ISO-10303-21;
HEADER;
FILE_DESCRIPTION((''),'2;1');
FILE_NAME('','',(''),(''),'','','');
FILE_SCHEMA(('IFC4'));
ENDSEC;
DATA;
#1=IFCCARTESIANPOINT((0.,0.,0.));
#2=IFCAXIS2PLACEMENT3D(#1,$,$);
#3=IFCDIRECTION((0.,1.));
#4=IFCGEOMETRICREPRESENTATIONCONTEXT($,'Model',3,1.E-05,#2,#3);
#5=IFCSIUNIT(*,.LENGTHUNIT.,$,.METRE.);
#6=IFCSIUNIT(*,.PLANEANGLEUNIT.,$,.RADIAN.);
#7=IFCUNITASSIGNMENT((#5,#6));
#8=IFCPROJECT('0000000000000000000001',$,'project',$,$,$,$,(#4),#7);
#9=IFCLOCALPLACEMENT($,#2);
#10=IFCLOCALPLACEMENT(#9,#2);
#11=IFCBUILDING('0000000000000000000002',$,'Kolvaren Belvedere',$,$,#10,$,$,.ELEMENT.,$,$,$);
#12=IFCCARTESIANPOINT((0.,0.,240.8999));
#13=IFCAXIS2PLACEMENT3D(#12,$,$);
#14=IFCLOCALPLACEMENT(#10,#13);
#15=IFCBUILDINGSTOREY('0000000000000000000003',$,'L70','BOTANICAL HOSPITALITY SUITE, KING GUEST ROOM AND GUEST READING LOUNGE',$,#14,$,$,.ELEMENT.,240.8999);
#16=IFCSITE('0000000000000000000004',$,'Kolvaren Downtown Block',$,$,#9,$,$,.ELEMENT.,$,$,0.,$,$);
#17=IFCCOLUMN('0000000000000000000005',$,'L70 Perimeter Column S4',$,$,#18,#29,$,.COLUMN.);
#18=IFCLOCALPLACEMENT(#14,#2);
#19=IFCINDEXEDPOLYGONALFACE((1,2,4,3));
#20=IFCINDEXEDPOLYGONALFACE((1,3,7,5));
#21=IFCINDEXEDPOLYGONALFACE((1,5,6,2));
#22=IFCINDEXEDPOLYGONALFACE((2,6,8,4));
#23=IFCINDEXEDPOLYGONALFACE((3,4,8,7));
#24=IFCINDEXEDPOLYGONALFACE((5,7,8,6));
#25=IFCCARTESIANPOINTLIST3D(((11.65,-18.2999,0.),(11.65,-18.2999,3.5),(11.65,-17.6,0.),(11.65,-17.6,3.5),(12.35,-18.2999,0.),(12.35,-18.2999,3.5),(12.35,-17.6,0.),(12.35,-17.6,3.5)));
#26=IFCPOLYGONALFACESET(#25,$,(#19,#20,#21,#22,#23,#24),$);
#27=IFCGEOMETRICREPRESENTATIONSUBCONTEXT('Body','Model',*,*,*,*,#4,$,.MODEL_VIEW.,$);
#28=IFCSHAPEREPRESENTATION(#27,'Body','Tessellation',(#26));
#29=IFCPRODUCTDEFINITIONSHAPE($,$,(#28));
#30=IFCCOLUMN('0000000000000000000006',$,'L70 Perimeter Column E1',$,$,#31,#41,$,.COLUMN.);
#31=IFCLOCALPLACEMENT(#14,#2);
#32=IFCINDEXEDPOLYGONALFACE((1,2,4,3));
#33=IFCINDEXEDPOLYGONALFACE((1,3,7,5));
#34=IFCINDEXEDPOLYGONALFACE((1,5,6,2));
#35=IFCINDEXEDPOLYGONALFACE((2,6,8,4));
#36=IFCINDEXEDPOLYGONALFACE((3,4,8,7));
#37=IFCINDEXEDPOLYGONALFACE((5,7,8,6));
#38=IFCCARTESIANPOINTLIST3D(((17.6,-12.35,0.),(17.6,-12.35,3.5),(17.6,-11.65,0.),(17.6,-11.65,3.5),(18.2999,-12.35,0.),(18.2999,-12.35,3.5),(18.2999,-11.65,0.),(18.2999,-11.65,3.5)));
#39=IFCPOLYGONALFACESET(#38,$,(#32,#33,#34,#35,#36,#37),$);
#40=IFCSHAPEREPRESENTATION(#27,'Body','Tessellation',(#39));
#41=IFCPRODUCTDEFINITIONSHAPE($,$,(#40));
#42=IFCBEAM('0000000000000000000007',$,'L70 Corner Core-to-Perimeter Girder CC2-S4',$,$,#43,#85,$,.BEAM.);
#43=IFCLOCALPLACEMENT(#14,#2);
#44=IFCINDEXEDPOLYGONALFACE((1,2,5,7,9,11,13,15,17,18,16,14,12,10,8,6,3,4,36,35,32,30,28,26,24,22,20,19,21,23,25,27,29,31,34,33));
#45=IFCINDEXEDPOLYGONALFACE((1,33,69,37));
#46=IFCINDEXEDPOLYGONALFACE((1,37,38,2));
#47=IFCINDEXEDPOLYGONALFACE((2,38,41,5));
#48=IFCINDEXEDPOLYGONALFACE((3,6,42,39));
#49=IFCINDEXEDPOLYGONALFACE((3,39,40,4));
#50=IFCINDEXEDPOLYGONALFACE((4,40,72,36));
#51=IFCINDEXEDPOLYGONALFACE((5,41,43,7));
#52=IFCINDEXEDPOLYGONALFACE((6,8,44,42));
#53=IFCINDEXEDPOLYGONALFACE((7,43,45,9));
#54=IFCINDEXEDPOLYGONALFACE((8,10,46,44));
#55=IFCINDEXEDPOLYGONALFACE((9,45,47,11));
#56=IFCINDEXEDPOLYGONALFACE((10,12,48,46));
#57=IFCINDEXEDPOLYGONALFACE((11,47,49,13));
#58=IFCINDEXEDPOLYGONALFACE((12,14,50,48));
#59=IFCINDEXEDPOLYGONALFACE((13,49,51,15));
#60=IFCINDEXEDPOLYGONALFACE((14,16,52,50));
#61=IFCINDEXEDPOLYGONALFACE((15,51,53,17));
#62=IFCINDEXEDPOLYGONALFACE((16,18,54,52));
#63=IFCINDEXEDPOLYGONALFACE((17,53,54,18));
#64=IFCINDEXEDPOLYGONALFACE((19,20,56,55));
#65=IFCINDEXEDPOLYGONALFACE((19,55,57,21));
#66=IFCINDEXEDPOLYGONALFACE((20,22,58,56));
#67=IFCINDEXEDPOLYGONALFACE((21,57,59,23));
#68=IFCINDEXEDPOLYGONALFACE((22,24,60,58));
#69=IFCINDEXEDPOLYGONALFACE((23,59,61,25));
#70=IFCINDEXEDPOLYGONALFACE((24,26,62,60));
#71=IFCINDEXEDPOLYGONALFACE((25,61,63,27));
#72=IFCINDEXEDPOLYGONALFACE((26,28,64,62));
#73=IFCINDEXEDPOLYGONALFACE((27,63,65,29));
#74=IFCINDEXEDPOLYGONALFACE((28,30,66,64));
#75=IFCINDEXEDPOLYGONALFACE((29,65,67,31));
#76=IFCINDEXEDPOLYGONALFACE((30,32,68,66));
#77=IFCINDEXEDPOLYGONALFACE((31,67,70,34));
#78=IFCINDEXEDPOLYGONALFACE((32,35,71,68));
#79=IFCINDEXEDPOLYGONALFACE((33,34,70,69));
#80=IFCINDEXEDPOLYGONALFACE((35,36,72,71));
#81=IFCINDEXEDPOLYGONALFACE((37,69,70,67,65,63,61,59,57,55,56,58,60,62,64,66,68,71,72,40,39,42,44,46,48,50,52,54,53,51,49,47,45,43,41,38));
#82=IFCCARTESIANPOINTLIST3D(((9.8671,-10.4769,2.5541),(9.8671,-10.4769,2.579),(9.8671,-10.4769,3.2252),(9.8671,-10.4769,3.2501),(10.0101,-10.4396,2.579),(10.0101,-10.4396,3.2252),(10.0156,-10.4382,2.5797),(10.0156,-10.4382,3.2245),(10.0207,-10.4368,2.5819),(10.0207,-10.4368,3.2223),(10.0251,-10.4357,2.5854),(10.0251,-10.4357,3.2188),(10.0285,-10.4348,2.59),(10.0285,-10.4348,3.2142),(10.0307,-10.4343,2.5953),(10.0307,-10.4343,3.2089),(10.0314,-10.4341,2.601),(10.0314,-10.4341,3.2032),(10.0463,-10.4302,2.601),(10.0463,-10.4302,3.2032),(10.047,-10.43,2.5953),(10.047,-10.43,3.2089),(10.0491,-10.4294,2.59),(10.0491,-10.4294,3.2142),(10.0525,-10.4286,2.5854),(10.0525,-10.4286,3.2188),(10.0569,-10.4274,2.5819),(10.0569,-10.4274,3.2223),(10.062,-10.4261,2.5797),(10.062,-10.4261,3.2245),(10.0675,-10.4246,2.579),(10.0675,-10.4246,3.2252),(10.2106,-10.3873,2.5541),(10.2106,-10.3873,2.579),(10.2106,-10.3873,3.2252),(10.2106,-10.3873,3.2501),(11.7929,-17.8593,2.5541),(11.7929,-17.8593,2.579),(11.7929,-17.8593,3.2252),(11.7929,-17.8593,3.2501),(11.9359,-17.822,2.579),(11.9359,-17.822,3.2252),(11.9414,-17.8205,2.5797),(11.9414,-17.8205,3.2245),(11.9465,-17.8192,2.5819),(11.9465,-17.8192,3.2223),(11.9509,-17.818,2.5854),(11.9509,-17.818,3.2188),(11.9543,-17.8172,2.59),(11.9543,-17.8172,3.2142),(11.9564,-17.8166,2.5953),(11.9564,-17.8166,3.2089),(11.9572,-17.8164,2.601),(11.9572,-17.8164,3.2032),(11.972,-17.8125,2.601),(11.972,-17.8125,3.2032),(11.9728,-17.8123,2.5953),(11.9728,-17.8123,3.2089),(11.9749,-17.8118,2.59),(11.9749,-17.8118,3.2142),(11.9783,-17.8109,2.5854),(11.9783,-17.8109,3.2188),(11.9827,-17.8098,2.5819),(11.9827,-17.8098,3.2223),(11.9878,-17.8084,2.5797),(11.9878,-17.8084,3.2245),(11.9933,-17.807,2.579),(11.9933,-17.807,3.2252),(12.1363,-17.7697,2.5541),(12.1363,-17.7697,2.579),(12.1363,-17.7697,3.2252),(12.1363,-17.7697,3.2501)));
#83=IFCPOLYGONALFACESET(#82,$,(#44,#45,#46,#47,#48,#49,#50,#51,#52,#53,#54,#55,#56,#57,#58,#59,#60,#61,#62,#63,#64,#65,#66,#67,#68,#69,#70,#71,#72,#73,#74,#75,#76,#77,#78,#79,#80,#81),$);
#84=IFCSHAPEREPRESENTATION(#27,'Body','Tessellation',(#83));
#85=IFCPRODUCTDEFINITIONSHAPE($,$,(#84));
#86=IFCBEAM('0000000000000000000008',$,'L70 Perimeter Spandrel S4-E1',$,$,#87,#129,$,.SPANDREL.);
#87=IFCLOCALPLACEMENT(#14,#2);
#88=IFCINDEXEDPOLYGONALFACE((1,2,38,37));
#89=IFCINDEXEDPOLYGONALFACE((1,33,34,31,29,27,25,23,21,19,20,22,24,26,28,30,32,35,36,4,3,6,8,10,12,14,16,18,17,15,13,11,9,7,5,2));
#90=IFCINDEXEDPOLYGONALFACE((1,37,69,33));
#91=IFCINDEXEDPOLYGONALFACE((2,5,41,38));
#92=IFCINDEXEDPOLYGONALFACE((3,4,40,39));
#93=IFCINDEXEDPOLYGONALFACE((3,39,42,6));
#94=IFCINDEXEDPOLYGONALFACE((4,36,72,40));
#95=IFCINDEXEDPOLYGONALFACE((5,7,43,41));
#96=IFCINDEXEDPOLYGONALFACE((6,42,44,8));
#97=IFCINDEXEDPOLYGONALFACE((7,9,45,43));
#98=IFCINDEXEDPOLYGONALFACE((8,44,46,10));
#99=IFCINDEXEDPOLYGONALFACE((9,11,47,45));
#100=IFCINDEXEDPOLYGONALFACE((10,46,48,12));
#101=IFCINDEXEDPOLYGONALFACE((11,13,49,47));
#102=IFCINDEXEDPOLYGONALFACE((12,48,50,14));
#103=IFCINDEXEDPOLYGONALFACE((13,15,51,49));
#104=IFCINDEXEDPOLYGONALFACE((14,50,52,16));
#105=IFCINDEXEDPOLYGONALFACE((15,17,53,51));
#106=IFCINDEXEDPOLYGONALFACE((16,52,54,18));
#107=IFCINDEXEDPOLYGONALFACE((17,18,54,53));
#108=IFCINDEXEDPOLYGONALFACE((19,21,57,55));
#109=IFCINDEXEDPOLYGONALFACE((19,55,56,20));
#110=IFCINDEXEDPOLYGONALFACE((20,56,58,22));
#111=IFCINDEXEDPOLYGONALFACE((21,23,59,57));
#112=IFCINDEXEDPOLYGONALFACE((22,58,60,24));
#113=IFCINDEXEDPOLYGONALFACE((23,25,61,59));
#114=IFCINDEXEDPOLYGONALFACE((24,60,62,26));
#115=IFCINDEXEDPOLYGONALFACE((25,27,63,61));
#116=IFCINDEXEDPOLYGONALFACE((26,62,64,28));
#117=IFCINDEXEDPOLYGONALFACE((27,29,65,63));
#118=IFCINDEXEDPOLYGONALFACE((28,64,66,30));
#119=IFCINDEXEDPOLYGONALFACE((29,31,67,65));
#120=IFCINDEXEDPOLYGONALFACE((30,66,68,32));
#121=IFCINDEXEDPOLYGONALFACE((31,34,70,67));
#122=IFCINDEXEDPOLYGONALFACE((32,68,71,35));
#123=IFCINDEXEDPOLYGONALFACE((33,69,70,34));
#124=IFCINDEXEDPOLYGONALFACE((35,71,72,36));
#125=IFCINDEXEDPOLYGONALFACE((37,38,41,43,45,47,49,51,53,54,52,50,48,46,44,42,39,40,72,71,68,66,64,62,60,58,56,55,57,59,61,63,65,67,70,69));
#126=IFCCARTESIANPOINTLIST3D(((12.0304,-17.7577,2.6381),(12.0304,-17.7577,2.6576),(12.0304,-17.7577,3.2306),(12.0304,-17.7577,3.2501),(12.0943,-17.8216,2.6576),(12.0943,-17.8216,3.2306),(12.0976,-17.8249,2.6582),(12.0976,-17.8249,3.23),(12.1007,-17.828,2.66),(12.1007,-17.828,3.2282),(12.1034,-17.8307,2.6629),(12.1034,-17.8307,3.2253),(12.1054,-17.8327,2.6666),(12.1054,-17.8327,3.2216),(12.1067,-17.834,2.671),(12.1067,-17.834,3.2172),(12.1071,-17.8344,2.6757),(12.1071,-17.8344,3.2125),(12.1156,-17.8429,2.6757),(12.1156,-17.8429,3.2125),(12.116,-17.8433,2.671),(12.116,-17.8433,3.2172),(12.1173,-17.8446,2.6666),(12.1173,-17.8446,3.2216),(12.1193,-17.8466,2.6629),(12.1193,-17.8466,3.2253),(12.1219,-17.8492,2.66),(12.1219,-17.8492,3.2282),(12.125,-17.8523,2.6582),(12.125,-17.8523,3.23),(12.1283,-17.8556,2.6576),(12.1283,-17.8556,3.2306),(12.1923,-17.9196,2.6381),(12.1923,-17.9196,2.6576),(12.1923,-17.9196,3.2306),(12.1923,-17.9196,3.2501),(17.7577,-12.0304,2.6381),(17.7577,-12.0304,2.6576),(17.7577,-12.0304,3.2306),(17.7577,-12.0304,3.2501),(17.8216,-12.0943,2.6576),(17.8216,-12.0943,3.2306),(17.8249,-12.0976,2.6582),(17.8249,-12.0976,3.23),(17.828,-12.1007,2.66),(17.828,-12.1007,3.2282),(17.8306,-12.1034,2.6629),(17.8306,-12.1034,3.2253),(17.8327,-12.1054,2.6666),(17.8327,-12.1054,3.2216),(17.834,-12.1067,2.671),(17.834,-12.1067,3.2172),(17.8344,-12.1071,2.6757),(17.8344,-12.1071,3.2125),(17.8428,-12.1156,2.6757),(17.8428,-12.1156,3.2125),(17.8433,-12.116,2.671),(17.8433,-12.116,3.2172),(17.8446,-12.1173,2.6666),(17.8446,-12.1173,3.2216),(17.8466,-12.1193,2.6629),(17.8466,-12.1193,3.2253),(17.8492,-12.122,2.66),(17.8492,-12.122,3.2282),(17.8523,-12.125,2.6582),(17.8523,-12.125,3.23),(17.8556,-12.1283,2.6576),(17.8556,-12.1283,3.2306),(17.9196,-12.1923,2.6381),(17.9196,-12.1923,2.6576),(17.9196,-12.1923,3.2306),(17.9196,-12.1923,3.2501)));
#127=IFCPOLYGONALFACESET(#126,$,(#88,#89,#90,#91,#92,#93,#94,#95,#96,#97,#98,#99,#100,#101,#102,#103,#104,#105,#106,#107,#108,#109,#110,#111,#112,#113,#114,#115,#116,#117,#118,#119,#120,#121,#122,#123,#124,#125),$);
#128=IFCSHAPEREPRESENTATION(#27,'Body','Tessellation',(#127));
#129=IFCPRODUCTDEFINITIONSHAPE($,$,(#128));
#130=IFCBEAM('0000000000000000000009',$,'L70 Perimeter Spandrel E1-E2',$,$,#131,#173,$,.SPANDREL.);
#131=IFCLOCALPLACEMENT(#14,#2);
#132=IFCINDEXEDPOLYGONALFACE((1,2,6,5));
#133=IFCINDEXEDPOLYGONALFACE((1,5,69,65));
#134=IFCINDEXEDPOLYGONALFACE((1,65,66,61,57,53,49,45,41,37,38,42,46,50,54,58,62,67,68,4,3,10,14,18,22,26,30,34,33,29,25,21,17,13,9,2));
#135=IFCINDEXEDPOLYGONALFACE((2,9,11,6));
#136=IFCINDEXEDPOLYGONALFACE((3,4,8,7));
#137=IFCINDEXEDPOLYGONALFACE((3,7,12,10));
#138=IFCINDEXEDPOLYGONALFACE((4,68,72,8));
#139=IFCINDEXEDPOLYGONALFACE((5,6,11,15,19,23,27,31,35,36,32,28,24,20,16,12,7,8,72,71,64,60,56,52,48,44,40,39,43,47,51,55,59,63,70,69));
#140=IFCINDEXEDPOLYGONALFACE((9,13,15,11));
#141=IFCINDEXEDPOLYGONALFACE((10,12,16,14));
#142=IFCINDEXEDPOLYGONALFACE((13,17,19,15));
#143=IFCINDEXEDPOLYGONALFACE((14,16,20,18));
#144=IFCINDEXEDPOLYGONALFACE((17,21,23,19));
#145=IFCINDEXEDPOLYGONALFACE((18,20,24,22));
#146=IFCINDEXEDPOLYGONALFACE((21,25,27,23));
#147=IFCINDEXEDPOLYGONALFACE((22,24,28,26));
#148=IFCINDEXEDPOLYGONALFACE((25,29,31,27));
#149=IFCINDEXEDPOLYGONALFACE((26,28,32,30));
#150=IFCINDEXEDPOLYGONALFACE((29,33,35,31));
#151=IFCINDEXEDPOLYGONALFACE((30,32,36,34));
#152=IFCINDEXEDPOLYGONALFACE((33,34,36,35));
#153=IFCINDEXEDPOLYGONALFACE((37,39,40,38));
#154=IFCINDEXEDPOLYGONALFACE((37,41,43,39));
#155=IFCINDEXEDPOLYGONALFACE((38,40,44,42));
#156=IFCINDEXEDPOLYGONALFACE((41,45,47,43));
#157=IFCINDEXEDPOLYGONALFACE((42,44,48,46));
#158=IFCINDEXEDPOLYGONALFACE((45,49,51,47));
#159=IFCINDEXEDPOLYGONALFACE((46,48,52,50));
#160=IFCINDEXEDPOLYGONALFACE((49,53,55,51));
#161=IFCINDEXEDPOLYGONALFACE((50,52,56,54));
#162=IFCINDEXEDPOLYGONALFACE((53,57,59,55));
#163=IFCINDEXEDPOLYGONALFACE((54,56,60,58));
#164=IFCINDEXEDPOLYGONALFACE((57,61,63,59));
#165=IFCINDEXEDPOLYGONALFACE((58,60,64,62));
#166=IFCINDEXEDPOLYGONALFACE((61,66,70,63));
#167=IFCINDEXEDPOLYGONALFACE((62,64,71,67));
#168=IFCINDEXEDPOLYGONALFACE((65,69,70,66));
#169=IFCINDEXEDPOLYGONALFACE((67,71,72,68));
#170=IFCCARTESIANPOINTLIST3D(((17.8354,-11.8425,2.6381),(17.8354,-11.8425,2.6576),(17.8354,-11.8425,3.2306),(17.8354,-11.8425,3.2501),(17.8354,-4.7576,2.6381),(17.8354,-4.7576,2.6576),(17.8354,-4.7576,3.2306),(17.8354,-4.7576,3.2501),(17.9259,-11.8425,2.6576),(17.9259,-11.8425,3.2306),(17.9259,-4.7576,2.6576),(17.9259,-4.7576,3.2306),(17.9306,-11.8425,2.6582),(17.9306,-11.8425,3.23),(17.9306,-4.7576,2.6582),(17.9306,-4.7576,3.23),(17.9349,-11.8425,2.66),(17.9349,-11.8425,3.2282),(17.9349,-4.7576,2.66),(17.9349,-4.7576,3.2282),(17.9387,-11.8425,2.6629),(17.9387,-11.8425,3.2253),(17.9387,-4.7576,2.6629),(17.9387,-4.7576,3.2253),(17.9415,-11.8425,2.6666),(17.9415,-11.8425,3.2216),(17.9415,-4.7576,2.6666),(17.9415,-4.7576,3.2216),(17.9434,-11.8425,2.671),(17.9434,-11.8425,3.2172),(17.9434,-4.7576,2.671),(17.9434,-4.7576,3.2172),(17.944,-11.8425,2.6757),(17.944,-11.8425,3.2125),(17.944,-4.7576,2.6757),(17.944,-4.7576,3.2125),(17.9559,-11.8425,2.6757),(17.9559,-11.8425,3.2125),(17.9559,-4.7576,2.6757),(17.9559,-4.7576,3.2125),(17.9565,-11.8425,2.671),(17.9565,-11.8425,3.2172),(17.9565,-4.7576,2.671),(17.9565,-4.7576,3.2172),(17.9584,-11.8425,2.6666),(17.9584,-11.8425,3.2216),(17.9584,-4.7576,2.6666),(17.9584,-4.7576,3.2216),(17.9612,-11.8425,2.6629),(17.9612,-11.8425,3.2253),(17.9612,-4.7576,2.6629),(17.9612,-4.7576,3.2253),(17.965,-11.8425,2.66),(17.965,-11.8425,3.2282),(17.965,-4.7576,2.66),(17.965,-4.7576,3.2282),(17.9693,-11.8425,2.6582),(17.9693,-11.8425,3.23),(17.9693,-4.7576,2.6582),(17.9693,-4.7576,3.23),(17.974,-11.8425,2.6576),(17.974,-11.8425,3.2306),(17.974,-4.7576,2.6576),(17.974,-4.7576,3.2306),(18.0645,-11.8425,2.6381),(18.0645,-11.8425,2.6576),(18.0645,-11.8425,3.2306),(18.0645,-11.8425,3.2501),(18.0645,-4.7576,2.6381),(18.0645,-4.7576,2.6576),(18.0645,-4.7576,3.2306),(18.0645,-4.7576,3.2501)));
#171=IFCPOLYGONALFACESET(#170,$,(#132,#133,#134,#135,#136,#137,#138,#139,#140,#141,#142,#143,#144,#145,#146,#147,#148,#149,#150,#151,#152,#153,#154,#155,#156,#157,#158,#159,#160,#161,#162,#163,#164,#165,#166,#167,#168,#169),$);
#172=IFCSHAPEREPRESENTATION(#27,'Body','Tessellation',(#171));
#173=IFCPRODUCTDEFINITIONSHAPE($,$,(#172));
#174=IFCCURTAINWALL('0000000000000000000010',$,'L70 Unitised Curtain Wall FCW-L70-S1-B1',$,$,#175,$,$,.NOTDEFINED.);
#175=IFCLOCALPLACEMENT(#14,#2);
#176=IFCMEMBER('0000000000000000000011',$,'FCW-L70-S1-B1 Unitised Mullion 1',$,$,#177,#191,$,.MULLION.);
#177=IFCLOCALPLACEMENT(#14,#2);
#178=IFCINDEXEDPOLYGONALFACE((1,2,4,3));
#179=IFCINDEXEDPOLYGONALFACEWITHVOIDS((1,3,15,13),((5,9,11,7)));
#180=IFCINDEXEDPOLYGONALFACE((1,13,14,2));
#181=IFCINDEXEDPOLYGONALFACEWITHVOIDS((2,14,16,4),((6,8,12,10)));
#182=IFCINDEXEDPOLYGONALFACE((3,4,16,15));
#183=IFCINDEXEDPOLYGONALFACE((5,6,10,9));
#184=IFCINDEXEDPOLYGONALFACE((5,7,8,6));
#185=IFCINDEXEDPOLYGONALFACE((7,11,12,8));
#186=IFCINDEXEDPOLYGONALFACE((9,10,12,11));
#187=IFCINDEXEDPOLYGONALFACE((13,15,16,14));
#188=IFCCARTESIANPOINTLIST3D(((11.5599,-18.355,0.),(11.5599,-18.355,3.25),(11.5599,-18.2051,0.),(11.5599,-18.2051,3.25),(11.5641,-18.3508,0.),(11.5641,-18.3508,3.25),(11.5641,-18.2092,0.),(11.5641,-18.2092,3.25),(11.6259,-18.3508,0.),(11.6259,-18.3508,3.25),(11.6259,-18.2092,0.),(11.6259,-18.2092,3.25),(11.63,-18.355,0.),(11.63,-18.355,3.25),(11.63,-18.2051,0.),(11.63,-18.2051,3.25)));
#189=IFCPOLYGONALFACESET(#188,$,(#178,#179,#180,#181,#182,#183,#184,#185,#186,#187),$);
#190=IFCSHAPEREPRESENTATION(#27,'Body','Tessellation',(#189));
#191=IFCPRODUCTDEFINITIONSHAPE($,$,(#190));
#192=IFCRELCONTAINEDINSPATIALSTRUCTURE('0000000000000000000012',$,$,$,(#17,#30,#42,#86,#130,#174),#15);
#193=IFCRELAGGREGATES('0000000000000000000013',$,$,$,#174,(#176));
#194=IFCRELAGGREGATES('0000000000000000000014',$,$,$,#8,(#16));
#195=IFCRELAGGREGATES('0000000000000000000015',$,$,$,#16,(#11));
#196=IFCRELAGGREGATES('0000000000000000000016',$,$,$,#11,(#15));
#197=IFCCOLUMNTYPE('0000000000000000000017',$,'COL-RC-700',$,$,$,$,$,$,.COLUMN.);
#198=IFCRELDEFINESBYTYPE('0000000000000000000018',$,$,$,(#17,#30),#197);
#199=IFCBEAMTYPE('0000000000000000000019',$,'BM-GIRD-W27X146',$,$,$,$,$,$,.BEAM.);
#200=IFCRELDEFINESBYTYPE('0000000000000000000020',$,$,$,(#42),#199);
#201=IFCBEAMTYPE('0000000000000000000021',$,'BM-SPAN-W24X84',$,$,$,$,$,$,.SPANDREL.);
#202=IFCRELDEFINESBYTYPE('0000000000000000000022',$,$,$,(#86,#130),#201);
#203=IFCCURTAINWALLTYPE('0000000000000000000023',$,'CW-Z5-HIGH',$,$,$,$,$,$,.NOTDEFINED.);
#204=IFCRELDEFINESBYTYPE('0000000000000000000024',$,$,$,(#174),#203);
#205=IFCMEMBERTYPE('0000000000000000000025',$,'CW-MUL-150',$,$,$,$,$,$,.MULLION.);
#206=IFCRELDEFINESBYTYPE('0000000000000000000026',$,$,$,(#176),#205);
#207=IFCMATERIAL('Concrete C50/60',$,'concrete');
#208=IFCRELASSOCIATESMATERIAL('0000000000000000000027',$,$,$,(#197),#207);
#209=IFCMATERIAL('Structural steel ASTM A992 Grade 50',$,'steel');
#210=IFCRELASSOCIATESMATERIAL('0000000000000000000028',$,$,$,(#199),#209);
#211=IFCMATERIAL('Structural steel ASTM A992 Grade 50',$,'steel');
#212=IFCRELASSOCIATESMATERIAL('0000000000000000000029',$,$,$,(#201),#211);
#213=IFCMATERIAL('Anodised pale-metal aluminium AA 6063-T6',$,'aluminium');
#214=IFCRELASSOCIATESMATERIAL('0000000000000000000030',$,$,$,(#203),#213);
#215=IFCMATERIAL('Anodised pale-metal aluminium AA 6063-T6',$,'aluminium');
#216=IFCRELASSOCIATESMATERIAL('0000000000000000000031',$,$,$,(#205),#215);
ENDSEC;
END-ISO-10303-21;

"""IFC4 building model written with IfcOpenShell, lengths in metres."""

from ifc_helpers import new_model, si_unit, direction, frame, origin, origin_2d, place, context, subcontext, project, spatial, rectangle, hollow_rectangle, i_section, extrude, material, material_profile, profile_set, type_object, element, aggregate, save


model = new_model("IFC4")

# Units and contexts
model_context = context("Model", 3, precision=1e-05, world=origin(), true_north=direction((0.0, 1.0)))
body_context = subcontext(model_context, "Body", "Model", "MODEL_VIEW")
ifc_project = project(units=[si_unit("LENGTHUNIT", "METRE"), si_unit("PLANEANGLEUNIT", "RADIAN")], contexts=[model_context])

# Site, building, storey
site_placement = place(None, origin())
site = spatial("IfcSite", under=ifc_project, at=site_placement, Name="Kolvaren Downtown Block", CompositionType="ELEMENT", RefElevation=0.0)
building_placement = place(site_placement, origin())
building = spatial("IfcBuilding", under=site, at=building_placement, Name="Kolvaren Belvedere", CompositionType="ELEMENT")
storey_placement = place(building_placement, frame((0.0, 0.0, 240.8999)))
storey = spatial("IfcBuildingStorey", under=building, at=storey_placement, Name="L70", Description="BOTANICAL HOSPITALITY SUITE, KING GUEST ROOM AND GUEST READING LOUNGE", CompositionType="ELEMENT", Elevation=240.8999)

# Columns
ifc_material_1 = material(Name="Concrete C50/60", Category="concrete")
ifc_material_profile_1 = material_profile(ifc_material_1, rectangle(XDim=0.7, YDim=0.7, at=origin_2d()), Name="RC 700X700")
ifc_profile_set_1 = profile_set([ifc_material_profile_1], Name="Concrete C50/60")
column_type = type_object("IfcColumnType", Name="COL-RC-700", PredefinedType="COLUMN", material=ifc_profile_set_1)
for number, where, z_axis, x_axis, name in (
    (1, (12.0, -17.95, 0.0), (0.0, 0.0, 1.0), (1.0, 0.0, 0.0), "L70 Perimeter Column S4"),
    (2, (17.95, -12.0, 0.0), (0.0, 0.0, 1.0), (1.0, 0.0, 0.0), "L70 Perimeter Column E1"),
):
    element("IfcColumn", number, at=place(storey_placement, frame(where, z_axis=z_axis, x_axis=x_axis)), inside=storey, type_object=column_type, Name=name, PredefinedType="COLUMN", context=body_context, shape_type="SweptSolid", body=[
        extrude(rectangle(XDim=0.7, YDim=0.7, at=origin_2d()), origin(), (0.0, 0.0, 1.0), 3.5),
    ])

# Beams
ifc_material_2 = material(Name="Structural steel ASTM A992 Grade 50", Category="steel")
ifc_material_profile_2 = material_profile(ifc_material_2, i_section(OverallWidth=0.355, OverallDepth=0.696, WebThickness=0.0154, FlangeThickness=0.0249, FilletRadius=0.022, at=origin_2d()), Name="W27X146")
ifc_profile_set_2 = profile_set([ifc_material_profile_2], Name="Structural steel ASTM A992 Grade 50")
beam_type_1 = type_object("IfcBeamType", Name="BM-GIRD-W27X146", PredefinedType="BEAM", material=ifc_profile_set_2)
beam_1_placement = place(storey_placement, frame((10.0388, -10.4321, 2.9021), z_axis=(0.252417, -0.967619, 0.0), x_axis=(0.967619, 0.252417, 0.0)))
element("IfcBeam", 3, at=beam_1_placement, inside=storey, type_object=beam_type_1, Name="L70 Corner Core-to-Perimeter Girder CC2-S4", PredefinedType="BEAM", context=body_context, shape_type="SweptSolid", body=[
    extrude(i_section(OverallWidth=0.355, OverallDepth=0.696, WebThickness=0.0154, FlangeThickness=0.0249, FilletRadius=0.022, at=origin_2d()), origin(), (0.0, 0.0, 1.0), 7.6294),
])
ifc_material_3 = material(Name="Structural steel ASTM A992 Grade 50", Category="steel")
ifc_material_profile_3 = material_profile(ifc_material_3, i_section(OverallWidth=0.229, OverallDepth=0.6121, WebThickness=0.012, FlangeThickness=0.0195, FilletRadius=0.0181, at=origin_2d()), Name="W24X84")
ifc_profile_set_3 = profile_set([ifc_material_profile_3], Name="Structural steel ASTM A992 Grade 50")
beam_type_2 = type_object("IfcBeamType", Name="BM-SPAN-W24X84", PredefinedType="SPANDREL", material=ifc_profile_set_3)
beam_2_placement = place(storey_placement, frame((12.1113, -17.8386, 2.9441), z_axis=(0.707107, 0.707107, 0.0), x_axis=(-0.707107, 0.707107, 0.0)))
element("IfcBeam", 4, at=beam_2_placement, inside=storey, type_object=beam_type_2, Name="L70 Perimeter Spandrel S4-E1", PredefinedType="SPANDREL", context=body_context, shape_type="SweptSolid", body=[
    extrude(i_section(OverallWidth=0.229, OverallDepth=0.6121, WebThickness=0.012, FlangeThickness=0.0195, FilletRadius=0.0181, at=origin_2d()), origin(), (0.0, 0.0, 1.0), 8.0996),
])
beam_3_placement = place(storey_placement, frame((17.95, -11.8425, 2.9441), z_axis=(0.0, 1.0, 0.0), x_axis=(-1.0, 0.0, 0.0)))
element("IfcBeam", 5, at=beam_3_placement, inside=storey, type_object=beam_type_2, Name="L70 Perimeter Spandrel E1-E2", PredefinedType="SPANDREL", context=body_context, shape_type="SweptSolid", body=[
    extrude(i_section(OverallWidth=0.229, OverallDepth=0.6121, WebThickness=0.012, FlangeThickness=0.0195, FilletRadius=0.0181, at=origin_2d()), origin(), (0.0, 0.0, 1.0), 7.085),
])

# Curtain wall, member
ifc_material_4 = material(Name="Anodised pale-metal aluminium AA 6063-T6", Category="aluminium")
curtain_wall_type = type_object("IfcCurtainWallType", Name="CW-Z5-HIGH", PredefinedType="NOTDEFINED", material=ifc_material_4)
curtain_wall_1_placement = place(storey_placement, origin())
curtain_wall_1 = element("IfcCurtainWall", 6, at=curtain_wall_1_placement, inside=storey, type_object=curtain_wall_type, Name="L70 Unitised Curtain Wall FCW-L70-S1-B1", PredefinedType="NOTDEFINED")
ifc_material_5 = material(Name="Anodised pale-metal aluminium AA 6063-T6", Category="aluminium")
ifc_material_profile_4 = material_profile(ifc_material_5, hollow_rectangle(XDim=0.0701, YDim=0.1499, WallThickness=0.0042, at=origin_2d()), Name="ALU-MUL-150X70")
ifc_profile_set_4 = profile_set([ifc_material_profile_4], Name="Anodised pale-metal aluminium AA 6063-T6")
member_type_1 = type_object("IfcMemberType", Name="CW-MUL-150", PredefinedType="MULLION", material=ifc_profile_set_4)
member_1_placement = place(storey_placement, frame((11.595, -18.28, 0.0), z_axis=(0.0, 0.0, 1.0), x_axis=(1.0, 0.0, 0.0)))
member_1 = element("IfcMember", 7, at=member_1_placement, type_object=member_type_1, Name="FCW-L70-S1-B1 Unitised Mullion 1", PredefinedType="MULLION", context=body_context, shape_type="SweptSolid", body=[
    extrude(hollow_rectangle(XDim=0.0701, YDim=0.1499, WallThickness=0.0042, at=origin_2d()), origin(), (0.0, 0.0, 1.0), 3.25),
])

aggregate(curtain_wall_1, [member_1])

save(model, "model.ifc")
